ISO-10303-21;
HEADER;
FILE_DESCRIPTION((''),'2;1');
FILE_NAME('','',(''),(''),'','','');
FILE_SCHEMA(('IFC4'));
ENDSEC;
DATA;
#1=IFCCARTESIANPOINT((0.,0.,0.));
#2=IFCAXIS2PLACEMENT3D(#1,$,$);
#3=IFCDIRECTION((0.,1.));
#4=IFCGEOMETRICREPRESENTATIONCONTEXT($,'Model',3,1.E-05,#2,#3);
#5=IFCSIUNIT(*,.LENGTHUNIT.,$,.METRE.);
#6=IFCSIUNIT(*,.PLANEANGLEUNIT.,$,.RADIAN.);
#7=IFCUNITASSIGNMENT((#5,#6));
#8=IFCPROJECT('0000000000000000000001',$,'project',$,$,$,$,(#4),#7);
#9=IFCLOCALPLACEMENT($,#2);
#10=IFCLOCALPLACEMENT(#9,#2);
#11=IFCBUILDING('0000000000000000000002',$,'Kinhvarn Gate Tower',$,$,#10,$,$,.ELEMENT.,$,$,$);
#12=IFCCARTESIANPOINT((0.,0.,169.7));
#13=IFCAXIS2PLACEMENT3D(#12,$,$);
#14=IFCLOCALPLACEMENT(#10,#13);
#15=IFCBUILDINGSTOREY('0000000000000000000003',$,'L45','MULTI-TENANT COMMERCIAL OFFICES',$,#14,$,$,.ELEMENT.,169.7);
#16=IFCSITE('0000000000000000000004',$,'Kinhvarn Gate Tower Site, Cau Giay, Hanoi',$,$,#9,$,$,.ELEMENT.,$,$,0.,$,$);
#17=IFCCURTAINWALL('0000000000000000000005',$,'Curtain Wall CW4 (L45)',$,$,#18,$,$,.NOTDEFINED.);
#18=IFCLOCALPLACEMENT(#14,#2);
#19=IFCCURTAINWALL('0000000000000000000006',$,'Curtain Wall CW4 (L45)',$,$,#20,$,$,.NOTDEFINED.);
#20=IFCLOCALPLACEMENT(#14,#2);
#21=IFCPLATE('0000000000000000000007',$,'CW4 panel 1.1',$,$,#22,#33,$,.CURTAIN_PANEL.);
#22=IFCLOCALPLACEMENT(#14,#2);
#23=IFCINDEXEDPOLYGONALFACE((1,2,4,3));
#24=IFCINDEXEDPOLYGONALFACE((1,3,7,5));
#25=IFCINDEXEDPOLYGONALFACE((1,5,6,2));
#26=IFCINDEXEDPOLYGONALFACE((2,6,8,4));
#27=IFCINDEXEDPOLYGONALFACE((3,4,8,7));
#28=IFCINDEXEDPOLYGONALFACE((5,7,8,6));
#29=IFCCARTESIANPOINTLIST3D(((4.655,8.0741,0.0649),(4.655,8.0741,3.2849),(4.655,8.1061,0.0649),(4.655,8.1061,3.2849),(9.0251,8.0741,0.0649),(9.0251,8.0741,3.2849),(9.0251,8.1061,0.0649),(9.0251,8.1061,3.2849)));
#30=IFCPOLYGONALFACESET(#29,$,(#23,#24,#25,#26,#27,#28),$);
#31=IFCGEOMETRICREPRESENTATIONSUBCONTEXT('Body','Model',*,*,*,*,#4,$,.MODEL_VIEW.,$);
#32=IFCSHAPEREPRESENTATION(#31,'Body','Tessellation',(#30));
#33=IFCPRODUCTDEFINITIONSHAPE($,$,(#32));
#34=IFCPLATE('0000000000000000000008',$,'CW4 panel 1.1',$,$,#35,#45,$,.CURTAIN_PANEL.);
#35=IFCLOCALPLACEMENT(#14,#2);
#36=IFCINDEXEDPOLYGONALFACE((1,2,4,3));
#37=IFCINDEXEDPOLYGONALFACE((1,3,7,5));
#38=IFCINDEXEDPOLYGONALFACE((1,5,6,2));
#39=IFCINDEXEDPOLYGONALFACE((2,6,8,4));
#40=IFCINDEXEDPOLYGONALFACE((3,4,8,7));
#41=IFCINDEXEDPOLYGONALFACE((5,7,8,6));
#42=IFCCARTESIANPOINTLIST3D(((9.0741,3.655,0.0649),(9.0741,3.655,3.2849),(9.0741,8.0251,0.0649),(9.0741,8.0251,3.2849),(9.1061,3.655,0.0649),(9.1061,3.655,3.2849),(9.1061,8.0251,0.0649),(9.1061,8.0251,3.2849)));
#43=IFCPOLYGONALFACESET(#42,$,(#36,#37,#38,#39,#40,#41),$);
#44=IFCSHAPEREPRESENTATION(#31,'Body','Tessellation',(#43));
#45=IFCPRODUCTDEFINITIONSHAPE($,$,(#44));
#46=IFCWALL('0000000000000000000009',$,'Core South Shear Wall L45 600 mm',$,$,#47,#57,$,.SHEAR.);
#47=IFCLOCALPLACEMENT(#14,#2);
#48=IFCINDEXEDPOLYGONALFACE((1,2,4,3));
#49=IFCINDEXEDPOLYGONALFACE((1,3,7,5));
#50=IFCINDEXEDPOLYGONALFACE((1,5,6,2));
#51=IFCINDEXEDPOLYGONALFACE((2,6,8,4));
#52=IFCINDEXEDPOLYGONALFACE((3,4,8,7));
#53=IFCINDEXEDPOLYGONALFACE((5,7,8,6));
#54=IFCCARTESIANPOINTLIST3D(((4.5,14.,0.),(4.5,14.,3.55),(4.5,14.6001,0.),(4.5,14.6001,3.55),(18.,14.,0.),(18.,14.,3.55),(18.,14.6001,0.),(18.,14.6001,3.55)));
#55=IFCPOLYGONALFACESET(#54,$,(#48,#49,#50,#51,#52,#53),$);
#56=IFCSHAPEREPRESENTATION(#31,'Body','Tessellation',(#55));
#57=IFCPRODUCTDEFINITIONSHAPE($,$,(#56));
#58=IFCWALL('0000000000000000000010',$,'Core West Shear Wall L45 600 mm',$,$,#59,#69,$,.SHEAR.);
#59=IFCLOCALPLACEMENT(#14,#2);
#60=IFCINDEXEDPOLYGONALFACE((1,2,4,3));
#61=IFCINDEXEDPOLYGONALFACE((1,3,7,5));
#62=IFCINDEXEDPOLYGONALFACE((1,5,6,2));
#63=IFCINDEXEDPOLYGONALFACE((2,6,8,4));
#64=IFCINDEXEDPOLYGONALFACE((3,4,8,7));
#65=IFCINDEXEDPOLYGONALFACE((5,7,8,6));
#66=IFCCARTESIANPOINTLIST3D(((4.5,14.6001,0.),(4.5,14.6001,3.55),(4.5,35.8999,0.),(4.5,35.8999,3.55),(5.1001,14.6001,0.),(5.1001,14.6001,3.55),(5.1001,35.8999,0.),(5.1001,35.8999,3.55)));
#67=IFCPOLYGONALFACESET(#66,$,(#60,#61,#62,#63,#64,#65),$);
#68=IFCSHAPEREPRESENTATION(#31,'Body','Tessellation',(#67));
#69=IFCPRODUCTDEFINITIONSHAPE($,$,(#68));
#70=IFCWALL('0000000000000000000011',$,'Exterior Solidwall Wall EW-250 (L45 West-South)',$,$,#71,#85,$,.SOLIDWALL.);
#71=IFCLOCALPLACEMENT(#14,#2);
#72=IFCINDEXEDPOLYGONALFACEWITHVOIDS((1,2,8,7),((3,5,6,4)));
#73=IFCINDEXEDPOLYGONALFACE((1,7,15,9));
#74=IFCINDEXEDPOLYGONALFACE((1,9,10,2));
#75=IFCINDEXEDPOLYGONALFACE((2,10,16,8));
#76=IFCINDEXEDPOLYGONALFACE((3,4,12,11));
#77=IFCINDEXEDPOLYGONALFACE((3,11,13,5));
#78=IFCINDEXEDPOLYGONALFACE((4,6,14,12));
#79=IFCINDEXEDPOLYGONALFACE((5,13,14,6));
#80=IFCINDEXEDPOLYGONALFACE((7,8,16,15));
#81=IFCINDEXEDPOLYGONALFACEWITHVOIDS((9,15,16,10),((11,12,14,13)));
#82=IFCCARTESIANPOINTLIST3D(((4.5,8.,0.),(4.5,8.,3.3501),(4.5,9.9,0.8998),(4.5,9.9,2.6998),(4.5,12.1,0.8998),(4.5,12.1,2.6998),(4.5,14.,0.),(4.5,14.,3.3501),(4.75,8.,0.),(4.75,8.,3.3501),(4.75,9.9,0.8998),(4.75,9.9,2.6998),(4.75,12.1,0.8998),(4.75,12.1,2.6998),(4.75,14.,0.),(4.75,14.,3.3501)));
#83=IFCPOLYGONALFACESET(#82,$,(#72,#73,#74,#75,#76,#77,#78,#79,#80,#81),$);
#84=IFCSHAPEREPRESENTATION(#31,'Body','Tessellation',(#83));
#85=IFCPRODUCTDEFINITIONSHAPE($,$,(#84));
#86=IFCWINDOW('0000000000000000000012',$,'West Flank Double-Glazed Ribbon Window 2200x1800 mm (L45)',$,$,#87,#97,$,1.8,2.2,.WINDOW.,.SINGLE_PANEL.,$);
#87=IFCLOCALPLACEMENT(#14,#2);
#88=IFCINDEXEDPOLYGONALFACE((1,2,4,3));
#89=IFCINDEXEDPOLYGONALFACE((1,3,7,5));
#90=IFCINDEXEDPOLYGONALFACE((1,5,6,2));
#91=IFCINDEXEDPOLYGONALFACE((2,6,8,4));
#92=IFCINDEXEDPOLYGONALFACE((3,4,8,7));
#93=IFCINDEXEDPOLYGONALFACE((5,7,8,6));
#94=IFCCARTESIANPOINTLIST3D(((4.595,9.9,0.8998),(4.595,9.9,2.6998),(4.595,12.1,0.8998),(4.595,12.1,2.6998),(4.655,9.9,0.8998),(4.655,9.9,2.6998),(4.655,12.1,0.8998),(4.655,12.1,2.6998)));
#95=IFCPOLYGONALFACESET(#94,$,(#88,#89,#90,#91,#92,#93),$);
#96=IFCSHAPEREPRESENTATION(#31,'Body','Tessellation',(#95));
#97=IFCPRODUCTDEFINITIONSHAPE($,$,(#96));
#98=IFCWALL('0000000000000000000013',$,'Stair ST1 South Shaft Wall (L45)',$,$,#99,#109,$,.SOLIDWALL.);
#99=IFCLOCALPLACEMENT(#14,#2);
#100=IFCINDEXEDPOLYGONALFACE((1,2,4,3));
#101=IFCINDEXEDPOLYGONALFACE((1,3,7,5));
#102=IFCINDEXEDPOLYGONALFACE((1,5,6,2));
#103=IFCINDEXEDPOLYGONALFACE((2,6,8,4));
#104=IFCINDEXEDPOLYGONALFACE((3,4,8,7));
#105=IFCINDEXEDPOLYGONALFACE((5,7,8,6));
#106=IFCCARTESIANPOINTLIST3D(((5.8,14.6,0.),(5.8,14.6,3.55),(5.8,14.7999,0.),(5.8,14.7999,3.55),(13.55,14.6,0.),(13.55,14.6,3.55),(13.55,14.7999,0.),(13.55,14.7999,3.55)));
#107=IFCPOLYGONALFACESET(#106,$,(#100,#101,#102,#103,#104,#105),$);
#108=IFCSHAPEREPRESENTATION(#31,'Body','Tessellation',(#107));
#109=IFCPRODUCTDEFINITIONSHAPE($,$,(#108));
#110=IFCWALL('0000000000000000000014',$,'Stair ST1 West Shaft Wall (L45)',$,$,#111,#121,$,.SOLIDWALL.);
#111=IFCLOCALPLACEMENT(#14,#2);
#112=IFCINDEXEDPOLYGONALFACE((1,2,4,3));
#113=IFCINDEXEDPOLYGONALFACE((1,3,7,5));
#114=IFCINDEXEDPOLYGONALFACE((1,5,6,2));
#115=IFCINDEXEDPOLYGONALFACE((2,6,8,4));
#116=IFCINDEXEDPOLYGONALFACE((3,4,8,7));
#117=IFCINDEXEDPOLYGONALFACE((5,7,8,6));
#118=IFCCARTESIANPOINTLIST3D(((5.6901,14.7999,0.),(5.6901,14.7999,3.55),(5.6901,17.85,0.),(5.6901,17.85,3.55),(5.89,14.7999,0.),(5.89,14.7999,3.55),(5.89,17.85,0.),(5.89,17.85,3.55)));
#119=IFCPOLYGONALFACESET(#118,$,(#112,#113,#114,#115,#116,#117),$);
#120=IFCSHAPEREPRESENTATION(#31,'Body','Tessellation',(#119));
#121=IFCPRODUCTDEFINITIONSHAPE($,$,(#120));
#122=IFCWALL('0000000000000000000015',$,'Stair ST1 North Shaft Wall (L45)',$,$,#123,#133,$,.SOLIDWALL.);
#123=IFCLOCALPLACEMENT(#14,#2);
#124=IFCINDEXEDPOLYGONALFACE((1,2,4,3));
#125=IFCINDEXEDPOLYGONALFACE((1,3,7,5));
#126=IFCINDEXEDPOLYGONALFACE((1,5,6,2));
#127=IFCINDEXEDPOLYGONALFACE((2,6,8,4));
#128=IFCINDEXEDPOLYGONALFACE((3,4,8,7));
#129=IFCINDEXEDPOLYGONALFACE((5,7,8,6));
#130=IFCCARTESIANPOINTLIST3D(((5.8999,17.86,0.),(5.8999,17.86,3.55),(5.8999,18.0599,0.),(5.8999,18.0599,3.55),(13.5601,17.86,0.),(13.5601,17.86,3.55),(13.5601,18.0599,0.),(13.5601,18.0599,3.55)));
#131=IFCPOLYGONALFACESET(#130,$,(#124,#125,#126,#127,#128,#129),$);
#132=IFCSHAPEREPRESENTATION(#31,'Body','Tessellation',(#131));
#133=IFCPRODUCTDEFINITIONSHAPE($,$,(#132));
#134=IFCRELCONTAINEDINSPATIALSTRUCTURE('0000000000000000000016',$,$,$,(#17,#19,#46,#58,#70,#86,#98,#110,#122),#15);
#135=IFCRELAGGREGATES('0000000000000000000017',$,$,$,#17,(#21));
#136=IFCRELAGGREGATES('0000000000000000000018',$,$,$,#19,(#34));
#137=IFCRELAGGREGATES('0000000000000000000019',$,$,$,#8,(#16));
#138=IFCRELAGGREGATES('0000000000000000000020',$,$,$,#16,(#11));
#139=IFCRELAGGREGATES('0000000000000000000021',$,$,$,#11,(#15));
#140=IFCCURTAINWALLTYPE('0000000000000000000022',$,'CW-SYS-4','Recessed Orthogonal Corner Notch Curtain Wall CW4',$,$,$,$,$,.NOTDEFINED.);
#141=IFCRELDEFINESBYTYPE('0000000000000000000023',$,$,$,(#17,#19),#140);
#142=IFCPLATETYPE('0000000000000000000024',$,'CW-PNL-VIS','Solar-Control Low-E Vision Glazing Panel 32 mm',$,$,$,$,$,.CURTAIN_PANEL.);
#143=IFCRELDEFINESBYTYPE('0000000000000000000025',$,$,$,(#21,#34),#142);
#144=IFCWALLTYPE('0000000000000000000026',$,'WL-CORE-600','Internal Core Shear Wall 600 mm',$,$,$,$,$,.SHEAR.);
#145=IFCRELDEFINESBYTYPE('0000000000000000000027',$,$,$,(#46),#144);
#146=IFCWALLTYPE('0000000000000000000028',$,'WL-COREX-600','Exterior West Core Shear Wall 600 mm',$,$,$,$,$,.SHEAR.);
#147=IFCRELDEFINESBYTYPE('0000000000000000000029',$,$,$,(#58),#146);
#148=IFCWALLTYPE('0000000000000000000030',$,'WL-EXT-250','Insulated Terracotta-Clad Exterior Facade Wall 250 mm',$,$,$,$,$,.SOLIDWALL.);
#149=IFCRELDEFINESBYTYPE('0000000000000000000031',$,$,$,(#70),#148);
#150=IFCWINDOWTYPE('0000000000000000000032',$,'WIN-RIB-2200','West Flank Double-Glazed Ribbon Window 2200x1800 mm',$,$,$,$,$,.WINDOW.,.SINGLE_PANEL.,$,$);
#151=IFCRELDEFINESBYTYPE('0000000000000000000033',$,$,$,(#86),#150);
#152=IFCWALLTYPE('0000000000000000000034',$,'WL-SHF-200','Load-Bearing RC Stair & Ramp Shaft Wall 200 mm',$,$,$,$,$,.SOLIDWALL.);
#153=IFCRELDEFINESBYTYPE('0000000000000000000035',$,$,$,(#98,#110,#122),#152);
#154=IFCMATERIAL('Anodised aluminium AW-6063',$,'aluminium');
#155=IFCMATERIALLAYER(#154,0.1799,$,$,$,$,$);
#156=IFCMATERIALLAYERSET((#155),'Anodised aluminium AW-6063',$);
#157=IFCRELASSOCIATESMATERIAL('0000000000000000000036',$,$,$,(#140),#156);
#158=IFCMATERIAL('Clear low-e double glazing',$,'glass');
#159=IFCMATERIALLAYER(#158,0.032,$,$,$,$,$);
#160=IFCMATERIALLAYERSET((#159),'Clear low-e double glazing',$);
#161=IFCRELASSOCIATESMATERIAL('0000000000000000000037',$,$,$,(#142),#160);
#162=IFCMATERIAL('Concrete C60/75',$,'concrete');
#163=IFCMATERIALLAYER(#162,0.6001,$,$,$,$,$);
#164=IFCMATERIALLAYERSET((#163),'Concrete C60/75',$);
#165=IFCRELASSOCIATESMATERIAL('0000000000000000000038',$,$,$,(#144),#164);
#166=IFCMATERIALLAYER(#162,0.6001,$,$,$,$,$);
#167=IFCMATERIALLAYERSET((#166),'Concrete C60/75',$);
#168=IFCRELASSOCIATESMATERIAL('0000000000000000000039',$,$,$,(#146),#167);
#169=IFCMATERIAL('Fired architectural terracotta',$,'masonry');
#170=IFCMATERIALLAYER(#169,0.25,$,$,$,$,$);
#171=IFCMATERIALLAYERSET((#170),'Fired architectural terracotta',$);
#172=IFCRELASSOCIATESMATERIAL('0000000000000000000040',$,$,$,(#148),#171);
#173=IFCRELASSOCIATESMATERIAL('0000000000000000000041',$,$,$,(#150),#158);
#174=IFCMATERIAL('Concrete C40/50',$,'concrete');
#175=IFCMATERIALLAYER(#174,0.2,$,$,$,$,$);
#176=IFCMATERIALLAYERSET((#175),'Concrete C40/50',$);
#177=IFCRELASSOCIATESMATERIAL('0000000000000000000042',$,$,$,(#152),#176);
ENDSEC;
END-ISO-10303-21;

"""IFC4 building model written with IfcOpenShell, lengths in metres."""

from ifc_helpers import new_model, si_unit, direction, frame, frame_2d, origin, origin_2d, place, context, subcontext, project, spatial, rectangle, extrude, material, layer, layer_set, type_object, element, fill, aggregate, save


model = new_model("IFC4")

# Units and contexts
model_context = context("Model", 3, precision=1e-05, world=origin(), true_north=direction((0.0, 1.0)))
body_context = subcontext(model_context, "Body", "Model", "MODEL_VIEW")
ifc_project = project(units=[si_unit("LENGTHUNIT", "METRE"), si_unit("PLANEANGLEUNIT", "RADIAN")], contexts=[model_context])

# Site, building, storey
site_placement = place(None, origin())
site = spatial("IfcSite", under=ifc_project, at=site_placement, Name="Kinhvarn Gate Tower Site, Cau Giay, Hanoi", CompositionType="ELEMENT", RefElevation=0.0)
building_placement = place(site_placement, origin())
building = spatial("IfcBuilding", under=site, at=building_placement, Name="Kinhvarn Gate Tower", CompositionType="ELEMENT")
storey_placement = place(building_placement, frame((0.0, 0.0, 169.7)))
storey = spatial("IfcBuildingStorey", under=building, at=storey_placement, Name="L45", Description="MULTI-TENANT COMMERCIAL OFFICES", CompositionType="ELEMENT", Elevation=169.7)

# Shared definitions
ifc_material_1 = material(Name="Concrete C60/75", Category="concrete")

# Shared definitions
ifc_material_2 = material(Name="Anodised aluminium AW-6063", Category="aluminium")

# Curtain walls
ifc_layer_1 = layer(ifc_material_2, 0.1799)
ifc_layer_set_1 = layer_set([ifc_layer_1], Name="Anodised aluminium AW-6063")
curtain_wall_type_1 = type_object("IfcCurtainWallType", Name="CW-SYS-4", Description="Recessed Orthogonal Corner Notch Curtain Wall CW4", PredefinedType="NOTDEFINED", material=ifc_layer_set_1)
curtain_wall_1_placement = place(storey_placement, origin())
curtain_wall_1 = element("IfcCurtainWall", 1, at=curtain_wall_1_placement, inside=storey, type_object=curtain_wall_type_1, Name="Curtain Wall CW4 (L45)", PredefinedType="NOTDEFINED")
curtain_wall_2_placement = place(storey_placement, origin())
curtain_wall_2 = element("IfcCurtainWall", 2, at=curtain_wall_2_placement, inside=storey, type_object=curtain_wall_type_1, Name="Curtain Wall CW4 (L45)", PredefinedType="NOTDEFINED")

# Plates
ifc_material_3 = material(Name="Clear low-e double glazing", Category="glass")
ifc_layer_2 = layer(ifc_material_3, 0.032)
ifc_layer_set_2 = layer_set([ifc_layer_2], Name="Clear low-e double glazing")
plate_type = type_object("IfcPlateType", Name="CW-PNL-VIS", Description="Solar-Control Low-E Vision Glazing Panel 32 mm", PredefinedType="CURTAIN_PANEL", material=ifc_layer_set_2)
plate_1_placement = place(storey_placement, frame((6.8401, 8.0901, 0.0649), z_axis=(0.0, 0.0, 1.0), x_axis=(1.0, 0.0, 0.0)))
plate_1 = element("IfcPlate", 3, at=plate_1_placement, type_object=plate_type, Name="CW4 panel 1.1", PredefinedType="CURTAIN_PANEL", context=body_context, shape_type="SweptSolid", body=[
    extrude(rectangle(XDim=4.3701, YDim=0.032, at=origin_2d()), origin(), (0.0, 0.0, 1.0), 3.22),
])
aggregate(curtain_wall_1, [plate_1])
plate_2_placement = place(storey_placement, frame((9.0901, 5.8401, 0.0649), z_axis=(0.0, 0.0, 1.0), x_axis=(0.0, -1.0, 0.0)))
plate_2 = element("IfcPlate", 4, at=plate_2_placement, type_object=plate_type, Name="CW4 panel 1.1", PredefinedType="CURTAIN_PANEL", context=body_context, shape_type="SweptSolid", body=[
    extrude(rectangle(XDim=4.3701, YDim=0.032, at=origin_2d()), origin(), (0.0, 0.0, 1.0), 3.22),
])
aggregate(curtain_wall_2, [plate_2])

# Walls
ifc_layer_3 = layer(ifc_material_1, 0.6001)
ifc_layer_set_3 = layer_set([ifc_layer_3], Name="Concrete C60/75")
wall_type_1 = type_object("IfcWallType", Name="WL-CORE-600", Description="Internal Core Shear Wall 600 mm", PredefinedType="SHEAR", material=ifc_layer_set_3)
wall_1_placement = place(storey_placement, frame((4.5, 14.3, 0.0), z_axis=(0.0, 0.0, 1.0), x_axis=(1.0, 0.0, 0.0)))
element("IfcWall", 5, at=wall_1_placement, inside=storey, type_object=wall_type_1, Name="Core South Shear Wall L45 600 mm", PredefinedType="SHEAR", context=body_context, shape_type="SweptSolid", body=[
    extrude(rectangle(XDim=13.5, YDim=0.6001, at=frame_2d((6.75, 0.0))), origin(), (0.0, 0.0, 1.0), 3.55),
])
ifc_layer_4 = layer(ifc_material_1, 0.6001)
ifc_layer_set_4 = layer_set([ifc_layer_4], Name="Concrete C60/75")
wall_type_2 = type_object("IfcWallType", Name="WL-COREX-600", Description="Exterior West Core Shear Wall 600 mm", PredefinedType="SHEAR", material=ifc_layer_set_4)
wall_2_placement = place(storey_placement, frame((4.8, 14.6001, 0.0), z_axis=(0.0, 0.0, 1.0), x_axis=(0.0, 1.0, 0.0)))
element("IfcWall", 6, at=wall_2_placement, inside=storey, type_object=wall_type_2, Name="Core West Shear Wall L45 600 mm", PredefinedType="SHEAR", context=body_context, shape_type="SweptSolid", body=[
    extrude(rectangle(XDim=21.2998, YDim=0.6001, at=frame_2d((10.6499, 0.0))), origin(), (0.0, 0.0, 1.0), 3.55),
])

# Wall, opening, window
ifc_material_4 = material(Name="Fired architectural terracotta", Category="masonry")
ifc_layer_5 = layer(ifc_material_4, 0.25)
ifc_layer_set_5 = layer_set([ifc_layer_5], Name="Fired architectural terracotta")
wall_type_3 = type_object("IfcWallType", Name="WL-EXT-250", Description="Insulated Terracotta-Clad Exterior Facade Wall 250 mm", PredefinedType="SOLIDWALL", material=ifc_layer_set_5)
wall_3_placement = place(storey_placement, frame((4.625, 14.0, 0.0), z_axis=(0.0, 0.0, 1.0), x_axis=(0.0, -1.0, 0.0)))
wall_3 = element("IfcWall", 7, at=wall_3_placement, inside=storey, type_object=wall_type_3, Name="Exterior Solidwall Wall EW-250 (L45 West-South)", PredefinedType="SOLIDWALL", context=body_context, shape_type="SweptSolid", body=[
    extrude(rectangle(XDim=6.0, YDim=0.25, at=frame_2d((3.0, 0.0))), origin(), (0.0, 0.0, 1.0), 3.3501),
])
opening_placement = place(wall_3_placement, frame((1.8999, 0.0, 0.8999)))
opening = element("IfcOpeningElement", 8, at=opening_placement, cuts=wall_3, PredefinedType="OPENING", context=body_context, shape_type="SweptSolid", body=[
    extrude(rectangle(XDim=2.2, YDim=1.8, at=frame_2d((1.1001, 0.8999))), frame((0.0, 0.135, 0.0), z_axis=(0.0, -1.0, 0.0), x_axis=(1.0, 0.0, 0.0)), (0.0, 0.0, 1.0), 0.27),
])
window_type = type_object("IfcWindowType", Name="WIN-RIB-2200", Description="West Flank Double-Glazed Ribbon Window 2200x1800 mm", PartitioningType="SINGLE_PANEL", PredefinedType="WINDOW", material=ifc_material_3)
window_placement = place(opening_placement, origin())
window = element("IfcWindow", 9, at=window_placement, inside=storey, type_object=window_type, Name="West Flank Double-Glazed Ribbon Window 2200x1800 mm (L45)", OverallHeight=1.8, OverallWidth=2.2, PartitioningType="SINGLE_PANEL", PredefinedType="WINDOW", context=body_context, shape_type="SweptSolid", body=[
    extrude(rectangle(XDim=2.2, YDim=1.8, at=frame_2d((1.1001, 0.8999))), frame((0.0, 0.03, 0.0), z_axis=(0.0, -1.0, 0.0), x_axis=(1.0, 0.0, 0.0)), (0.0, 0.0, 1.0), 0.0601),
])
fill(opening, window)

# Walls
ifc_material_5 = material(Name="Concrete C40/50", Category="concrete")
ifc_layer_6 = layer(ifc_material_5, 0.2)
ifc_layer_set_6 = layer_set([ifc_layer_6], Name="Concrete C40/50")
wall_type_4 = type_object("IfcWallType", Name="WL-SHF-200", Description="Load-Bearing RC Stair & Ramp Shaft Wall 200 mm", PredefinedType="SOLIDWALL", material=ifc_layer_set_6)
wall_4_placement = place(storey_placement, frame((5.8, 14.7, 0.0), z_axis=(0.0, 0.0, 1.0), x_axis=(1.0, 0.0, 0.0)))
element("IfcWall", 10, at=wall_4_placement, inside=storey, type_object=wall_type_4, Name="Stair ST1 South Shaft Wall (L45)", PredefinedType="SOLIDWALL", context=body_context, shape_type="SweptSolid", body=[
    extrude(rectangle(XDim=7.75, YDim=0.2, at=frame_2d((3.875, 0.0))), origin(), (0.0, 0.0, 1.0), 3.55),
])
wall_5_placement = place(storey_placement, frame((5.79, 14.8, 0.0), z_axis=(0.0, 0.0, 1.0), x_axis=(0.0, 1.0, 0.0)))
element("IfcWall", 11, at=wall_5_placement, inside=storey, type_object=wall_type_4, Name="Stair ST1 West Shaft Wall (L45)", PredefinedType="SOLIDWALL", context=body_context, shape_type="SweptSolid", body=[
    extrude(rectangle(XDim=3.05, YDim=0.2, at=frame_2d((1.5249, 0.0))), origin(), (0.0, 0.0, 1.0), 3.55),
])
wall_6_placement = place(storey_placement, frame((5.8999, 17.96, 0.0), z_axis=(0.0, 0.0, 1.0), x_axis=(1.0, 0.0, 0.0)))
element("IfcWall", 12, at=wall_6_placement, inside=storey, type_object=wall_type_4, Name="Stair ST1 North Shaft Wall (L45)", PredefinedType="SOLIDWALL", context=body_context, shape_type="SweptSolid", body=[
    extrude(rectangle(XDim=7.6602, YDim=0.2, at=frame_2d((3.8301, 0.0))), origin(), (0.0, 0.0, 1.0), 3.55),
])

save(model, "model.ifc")
